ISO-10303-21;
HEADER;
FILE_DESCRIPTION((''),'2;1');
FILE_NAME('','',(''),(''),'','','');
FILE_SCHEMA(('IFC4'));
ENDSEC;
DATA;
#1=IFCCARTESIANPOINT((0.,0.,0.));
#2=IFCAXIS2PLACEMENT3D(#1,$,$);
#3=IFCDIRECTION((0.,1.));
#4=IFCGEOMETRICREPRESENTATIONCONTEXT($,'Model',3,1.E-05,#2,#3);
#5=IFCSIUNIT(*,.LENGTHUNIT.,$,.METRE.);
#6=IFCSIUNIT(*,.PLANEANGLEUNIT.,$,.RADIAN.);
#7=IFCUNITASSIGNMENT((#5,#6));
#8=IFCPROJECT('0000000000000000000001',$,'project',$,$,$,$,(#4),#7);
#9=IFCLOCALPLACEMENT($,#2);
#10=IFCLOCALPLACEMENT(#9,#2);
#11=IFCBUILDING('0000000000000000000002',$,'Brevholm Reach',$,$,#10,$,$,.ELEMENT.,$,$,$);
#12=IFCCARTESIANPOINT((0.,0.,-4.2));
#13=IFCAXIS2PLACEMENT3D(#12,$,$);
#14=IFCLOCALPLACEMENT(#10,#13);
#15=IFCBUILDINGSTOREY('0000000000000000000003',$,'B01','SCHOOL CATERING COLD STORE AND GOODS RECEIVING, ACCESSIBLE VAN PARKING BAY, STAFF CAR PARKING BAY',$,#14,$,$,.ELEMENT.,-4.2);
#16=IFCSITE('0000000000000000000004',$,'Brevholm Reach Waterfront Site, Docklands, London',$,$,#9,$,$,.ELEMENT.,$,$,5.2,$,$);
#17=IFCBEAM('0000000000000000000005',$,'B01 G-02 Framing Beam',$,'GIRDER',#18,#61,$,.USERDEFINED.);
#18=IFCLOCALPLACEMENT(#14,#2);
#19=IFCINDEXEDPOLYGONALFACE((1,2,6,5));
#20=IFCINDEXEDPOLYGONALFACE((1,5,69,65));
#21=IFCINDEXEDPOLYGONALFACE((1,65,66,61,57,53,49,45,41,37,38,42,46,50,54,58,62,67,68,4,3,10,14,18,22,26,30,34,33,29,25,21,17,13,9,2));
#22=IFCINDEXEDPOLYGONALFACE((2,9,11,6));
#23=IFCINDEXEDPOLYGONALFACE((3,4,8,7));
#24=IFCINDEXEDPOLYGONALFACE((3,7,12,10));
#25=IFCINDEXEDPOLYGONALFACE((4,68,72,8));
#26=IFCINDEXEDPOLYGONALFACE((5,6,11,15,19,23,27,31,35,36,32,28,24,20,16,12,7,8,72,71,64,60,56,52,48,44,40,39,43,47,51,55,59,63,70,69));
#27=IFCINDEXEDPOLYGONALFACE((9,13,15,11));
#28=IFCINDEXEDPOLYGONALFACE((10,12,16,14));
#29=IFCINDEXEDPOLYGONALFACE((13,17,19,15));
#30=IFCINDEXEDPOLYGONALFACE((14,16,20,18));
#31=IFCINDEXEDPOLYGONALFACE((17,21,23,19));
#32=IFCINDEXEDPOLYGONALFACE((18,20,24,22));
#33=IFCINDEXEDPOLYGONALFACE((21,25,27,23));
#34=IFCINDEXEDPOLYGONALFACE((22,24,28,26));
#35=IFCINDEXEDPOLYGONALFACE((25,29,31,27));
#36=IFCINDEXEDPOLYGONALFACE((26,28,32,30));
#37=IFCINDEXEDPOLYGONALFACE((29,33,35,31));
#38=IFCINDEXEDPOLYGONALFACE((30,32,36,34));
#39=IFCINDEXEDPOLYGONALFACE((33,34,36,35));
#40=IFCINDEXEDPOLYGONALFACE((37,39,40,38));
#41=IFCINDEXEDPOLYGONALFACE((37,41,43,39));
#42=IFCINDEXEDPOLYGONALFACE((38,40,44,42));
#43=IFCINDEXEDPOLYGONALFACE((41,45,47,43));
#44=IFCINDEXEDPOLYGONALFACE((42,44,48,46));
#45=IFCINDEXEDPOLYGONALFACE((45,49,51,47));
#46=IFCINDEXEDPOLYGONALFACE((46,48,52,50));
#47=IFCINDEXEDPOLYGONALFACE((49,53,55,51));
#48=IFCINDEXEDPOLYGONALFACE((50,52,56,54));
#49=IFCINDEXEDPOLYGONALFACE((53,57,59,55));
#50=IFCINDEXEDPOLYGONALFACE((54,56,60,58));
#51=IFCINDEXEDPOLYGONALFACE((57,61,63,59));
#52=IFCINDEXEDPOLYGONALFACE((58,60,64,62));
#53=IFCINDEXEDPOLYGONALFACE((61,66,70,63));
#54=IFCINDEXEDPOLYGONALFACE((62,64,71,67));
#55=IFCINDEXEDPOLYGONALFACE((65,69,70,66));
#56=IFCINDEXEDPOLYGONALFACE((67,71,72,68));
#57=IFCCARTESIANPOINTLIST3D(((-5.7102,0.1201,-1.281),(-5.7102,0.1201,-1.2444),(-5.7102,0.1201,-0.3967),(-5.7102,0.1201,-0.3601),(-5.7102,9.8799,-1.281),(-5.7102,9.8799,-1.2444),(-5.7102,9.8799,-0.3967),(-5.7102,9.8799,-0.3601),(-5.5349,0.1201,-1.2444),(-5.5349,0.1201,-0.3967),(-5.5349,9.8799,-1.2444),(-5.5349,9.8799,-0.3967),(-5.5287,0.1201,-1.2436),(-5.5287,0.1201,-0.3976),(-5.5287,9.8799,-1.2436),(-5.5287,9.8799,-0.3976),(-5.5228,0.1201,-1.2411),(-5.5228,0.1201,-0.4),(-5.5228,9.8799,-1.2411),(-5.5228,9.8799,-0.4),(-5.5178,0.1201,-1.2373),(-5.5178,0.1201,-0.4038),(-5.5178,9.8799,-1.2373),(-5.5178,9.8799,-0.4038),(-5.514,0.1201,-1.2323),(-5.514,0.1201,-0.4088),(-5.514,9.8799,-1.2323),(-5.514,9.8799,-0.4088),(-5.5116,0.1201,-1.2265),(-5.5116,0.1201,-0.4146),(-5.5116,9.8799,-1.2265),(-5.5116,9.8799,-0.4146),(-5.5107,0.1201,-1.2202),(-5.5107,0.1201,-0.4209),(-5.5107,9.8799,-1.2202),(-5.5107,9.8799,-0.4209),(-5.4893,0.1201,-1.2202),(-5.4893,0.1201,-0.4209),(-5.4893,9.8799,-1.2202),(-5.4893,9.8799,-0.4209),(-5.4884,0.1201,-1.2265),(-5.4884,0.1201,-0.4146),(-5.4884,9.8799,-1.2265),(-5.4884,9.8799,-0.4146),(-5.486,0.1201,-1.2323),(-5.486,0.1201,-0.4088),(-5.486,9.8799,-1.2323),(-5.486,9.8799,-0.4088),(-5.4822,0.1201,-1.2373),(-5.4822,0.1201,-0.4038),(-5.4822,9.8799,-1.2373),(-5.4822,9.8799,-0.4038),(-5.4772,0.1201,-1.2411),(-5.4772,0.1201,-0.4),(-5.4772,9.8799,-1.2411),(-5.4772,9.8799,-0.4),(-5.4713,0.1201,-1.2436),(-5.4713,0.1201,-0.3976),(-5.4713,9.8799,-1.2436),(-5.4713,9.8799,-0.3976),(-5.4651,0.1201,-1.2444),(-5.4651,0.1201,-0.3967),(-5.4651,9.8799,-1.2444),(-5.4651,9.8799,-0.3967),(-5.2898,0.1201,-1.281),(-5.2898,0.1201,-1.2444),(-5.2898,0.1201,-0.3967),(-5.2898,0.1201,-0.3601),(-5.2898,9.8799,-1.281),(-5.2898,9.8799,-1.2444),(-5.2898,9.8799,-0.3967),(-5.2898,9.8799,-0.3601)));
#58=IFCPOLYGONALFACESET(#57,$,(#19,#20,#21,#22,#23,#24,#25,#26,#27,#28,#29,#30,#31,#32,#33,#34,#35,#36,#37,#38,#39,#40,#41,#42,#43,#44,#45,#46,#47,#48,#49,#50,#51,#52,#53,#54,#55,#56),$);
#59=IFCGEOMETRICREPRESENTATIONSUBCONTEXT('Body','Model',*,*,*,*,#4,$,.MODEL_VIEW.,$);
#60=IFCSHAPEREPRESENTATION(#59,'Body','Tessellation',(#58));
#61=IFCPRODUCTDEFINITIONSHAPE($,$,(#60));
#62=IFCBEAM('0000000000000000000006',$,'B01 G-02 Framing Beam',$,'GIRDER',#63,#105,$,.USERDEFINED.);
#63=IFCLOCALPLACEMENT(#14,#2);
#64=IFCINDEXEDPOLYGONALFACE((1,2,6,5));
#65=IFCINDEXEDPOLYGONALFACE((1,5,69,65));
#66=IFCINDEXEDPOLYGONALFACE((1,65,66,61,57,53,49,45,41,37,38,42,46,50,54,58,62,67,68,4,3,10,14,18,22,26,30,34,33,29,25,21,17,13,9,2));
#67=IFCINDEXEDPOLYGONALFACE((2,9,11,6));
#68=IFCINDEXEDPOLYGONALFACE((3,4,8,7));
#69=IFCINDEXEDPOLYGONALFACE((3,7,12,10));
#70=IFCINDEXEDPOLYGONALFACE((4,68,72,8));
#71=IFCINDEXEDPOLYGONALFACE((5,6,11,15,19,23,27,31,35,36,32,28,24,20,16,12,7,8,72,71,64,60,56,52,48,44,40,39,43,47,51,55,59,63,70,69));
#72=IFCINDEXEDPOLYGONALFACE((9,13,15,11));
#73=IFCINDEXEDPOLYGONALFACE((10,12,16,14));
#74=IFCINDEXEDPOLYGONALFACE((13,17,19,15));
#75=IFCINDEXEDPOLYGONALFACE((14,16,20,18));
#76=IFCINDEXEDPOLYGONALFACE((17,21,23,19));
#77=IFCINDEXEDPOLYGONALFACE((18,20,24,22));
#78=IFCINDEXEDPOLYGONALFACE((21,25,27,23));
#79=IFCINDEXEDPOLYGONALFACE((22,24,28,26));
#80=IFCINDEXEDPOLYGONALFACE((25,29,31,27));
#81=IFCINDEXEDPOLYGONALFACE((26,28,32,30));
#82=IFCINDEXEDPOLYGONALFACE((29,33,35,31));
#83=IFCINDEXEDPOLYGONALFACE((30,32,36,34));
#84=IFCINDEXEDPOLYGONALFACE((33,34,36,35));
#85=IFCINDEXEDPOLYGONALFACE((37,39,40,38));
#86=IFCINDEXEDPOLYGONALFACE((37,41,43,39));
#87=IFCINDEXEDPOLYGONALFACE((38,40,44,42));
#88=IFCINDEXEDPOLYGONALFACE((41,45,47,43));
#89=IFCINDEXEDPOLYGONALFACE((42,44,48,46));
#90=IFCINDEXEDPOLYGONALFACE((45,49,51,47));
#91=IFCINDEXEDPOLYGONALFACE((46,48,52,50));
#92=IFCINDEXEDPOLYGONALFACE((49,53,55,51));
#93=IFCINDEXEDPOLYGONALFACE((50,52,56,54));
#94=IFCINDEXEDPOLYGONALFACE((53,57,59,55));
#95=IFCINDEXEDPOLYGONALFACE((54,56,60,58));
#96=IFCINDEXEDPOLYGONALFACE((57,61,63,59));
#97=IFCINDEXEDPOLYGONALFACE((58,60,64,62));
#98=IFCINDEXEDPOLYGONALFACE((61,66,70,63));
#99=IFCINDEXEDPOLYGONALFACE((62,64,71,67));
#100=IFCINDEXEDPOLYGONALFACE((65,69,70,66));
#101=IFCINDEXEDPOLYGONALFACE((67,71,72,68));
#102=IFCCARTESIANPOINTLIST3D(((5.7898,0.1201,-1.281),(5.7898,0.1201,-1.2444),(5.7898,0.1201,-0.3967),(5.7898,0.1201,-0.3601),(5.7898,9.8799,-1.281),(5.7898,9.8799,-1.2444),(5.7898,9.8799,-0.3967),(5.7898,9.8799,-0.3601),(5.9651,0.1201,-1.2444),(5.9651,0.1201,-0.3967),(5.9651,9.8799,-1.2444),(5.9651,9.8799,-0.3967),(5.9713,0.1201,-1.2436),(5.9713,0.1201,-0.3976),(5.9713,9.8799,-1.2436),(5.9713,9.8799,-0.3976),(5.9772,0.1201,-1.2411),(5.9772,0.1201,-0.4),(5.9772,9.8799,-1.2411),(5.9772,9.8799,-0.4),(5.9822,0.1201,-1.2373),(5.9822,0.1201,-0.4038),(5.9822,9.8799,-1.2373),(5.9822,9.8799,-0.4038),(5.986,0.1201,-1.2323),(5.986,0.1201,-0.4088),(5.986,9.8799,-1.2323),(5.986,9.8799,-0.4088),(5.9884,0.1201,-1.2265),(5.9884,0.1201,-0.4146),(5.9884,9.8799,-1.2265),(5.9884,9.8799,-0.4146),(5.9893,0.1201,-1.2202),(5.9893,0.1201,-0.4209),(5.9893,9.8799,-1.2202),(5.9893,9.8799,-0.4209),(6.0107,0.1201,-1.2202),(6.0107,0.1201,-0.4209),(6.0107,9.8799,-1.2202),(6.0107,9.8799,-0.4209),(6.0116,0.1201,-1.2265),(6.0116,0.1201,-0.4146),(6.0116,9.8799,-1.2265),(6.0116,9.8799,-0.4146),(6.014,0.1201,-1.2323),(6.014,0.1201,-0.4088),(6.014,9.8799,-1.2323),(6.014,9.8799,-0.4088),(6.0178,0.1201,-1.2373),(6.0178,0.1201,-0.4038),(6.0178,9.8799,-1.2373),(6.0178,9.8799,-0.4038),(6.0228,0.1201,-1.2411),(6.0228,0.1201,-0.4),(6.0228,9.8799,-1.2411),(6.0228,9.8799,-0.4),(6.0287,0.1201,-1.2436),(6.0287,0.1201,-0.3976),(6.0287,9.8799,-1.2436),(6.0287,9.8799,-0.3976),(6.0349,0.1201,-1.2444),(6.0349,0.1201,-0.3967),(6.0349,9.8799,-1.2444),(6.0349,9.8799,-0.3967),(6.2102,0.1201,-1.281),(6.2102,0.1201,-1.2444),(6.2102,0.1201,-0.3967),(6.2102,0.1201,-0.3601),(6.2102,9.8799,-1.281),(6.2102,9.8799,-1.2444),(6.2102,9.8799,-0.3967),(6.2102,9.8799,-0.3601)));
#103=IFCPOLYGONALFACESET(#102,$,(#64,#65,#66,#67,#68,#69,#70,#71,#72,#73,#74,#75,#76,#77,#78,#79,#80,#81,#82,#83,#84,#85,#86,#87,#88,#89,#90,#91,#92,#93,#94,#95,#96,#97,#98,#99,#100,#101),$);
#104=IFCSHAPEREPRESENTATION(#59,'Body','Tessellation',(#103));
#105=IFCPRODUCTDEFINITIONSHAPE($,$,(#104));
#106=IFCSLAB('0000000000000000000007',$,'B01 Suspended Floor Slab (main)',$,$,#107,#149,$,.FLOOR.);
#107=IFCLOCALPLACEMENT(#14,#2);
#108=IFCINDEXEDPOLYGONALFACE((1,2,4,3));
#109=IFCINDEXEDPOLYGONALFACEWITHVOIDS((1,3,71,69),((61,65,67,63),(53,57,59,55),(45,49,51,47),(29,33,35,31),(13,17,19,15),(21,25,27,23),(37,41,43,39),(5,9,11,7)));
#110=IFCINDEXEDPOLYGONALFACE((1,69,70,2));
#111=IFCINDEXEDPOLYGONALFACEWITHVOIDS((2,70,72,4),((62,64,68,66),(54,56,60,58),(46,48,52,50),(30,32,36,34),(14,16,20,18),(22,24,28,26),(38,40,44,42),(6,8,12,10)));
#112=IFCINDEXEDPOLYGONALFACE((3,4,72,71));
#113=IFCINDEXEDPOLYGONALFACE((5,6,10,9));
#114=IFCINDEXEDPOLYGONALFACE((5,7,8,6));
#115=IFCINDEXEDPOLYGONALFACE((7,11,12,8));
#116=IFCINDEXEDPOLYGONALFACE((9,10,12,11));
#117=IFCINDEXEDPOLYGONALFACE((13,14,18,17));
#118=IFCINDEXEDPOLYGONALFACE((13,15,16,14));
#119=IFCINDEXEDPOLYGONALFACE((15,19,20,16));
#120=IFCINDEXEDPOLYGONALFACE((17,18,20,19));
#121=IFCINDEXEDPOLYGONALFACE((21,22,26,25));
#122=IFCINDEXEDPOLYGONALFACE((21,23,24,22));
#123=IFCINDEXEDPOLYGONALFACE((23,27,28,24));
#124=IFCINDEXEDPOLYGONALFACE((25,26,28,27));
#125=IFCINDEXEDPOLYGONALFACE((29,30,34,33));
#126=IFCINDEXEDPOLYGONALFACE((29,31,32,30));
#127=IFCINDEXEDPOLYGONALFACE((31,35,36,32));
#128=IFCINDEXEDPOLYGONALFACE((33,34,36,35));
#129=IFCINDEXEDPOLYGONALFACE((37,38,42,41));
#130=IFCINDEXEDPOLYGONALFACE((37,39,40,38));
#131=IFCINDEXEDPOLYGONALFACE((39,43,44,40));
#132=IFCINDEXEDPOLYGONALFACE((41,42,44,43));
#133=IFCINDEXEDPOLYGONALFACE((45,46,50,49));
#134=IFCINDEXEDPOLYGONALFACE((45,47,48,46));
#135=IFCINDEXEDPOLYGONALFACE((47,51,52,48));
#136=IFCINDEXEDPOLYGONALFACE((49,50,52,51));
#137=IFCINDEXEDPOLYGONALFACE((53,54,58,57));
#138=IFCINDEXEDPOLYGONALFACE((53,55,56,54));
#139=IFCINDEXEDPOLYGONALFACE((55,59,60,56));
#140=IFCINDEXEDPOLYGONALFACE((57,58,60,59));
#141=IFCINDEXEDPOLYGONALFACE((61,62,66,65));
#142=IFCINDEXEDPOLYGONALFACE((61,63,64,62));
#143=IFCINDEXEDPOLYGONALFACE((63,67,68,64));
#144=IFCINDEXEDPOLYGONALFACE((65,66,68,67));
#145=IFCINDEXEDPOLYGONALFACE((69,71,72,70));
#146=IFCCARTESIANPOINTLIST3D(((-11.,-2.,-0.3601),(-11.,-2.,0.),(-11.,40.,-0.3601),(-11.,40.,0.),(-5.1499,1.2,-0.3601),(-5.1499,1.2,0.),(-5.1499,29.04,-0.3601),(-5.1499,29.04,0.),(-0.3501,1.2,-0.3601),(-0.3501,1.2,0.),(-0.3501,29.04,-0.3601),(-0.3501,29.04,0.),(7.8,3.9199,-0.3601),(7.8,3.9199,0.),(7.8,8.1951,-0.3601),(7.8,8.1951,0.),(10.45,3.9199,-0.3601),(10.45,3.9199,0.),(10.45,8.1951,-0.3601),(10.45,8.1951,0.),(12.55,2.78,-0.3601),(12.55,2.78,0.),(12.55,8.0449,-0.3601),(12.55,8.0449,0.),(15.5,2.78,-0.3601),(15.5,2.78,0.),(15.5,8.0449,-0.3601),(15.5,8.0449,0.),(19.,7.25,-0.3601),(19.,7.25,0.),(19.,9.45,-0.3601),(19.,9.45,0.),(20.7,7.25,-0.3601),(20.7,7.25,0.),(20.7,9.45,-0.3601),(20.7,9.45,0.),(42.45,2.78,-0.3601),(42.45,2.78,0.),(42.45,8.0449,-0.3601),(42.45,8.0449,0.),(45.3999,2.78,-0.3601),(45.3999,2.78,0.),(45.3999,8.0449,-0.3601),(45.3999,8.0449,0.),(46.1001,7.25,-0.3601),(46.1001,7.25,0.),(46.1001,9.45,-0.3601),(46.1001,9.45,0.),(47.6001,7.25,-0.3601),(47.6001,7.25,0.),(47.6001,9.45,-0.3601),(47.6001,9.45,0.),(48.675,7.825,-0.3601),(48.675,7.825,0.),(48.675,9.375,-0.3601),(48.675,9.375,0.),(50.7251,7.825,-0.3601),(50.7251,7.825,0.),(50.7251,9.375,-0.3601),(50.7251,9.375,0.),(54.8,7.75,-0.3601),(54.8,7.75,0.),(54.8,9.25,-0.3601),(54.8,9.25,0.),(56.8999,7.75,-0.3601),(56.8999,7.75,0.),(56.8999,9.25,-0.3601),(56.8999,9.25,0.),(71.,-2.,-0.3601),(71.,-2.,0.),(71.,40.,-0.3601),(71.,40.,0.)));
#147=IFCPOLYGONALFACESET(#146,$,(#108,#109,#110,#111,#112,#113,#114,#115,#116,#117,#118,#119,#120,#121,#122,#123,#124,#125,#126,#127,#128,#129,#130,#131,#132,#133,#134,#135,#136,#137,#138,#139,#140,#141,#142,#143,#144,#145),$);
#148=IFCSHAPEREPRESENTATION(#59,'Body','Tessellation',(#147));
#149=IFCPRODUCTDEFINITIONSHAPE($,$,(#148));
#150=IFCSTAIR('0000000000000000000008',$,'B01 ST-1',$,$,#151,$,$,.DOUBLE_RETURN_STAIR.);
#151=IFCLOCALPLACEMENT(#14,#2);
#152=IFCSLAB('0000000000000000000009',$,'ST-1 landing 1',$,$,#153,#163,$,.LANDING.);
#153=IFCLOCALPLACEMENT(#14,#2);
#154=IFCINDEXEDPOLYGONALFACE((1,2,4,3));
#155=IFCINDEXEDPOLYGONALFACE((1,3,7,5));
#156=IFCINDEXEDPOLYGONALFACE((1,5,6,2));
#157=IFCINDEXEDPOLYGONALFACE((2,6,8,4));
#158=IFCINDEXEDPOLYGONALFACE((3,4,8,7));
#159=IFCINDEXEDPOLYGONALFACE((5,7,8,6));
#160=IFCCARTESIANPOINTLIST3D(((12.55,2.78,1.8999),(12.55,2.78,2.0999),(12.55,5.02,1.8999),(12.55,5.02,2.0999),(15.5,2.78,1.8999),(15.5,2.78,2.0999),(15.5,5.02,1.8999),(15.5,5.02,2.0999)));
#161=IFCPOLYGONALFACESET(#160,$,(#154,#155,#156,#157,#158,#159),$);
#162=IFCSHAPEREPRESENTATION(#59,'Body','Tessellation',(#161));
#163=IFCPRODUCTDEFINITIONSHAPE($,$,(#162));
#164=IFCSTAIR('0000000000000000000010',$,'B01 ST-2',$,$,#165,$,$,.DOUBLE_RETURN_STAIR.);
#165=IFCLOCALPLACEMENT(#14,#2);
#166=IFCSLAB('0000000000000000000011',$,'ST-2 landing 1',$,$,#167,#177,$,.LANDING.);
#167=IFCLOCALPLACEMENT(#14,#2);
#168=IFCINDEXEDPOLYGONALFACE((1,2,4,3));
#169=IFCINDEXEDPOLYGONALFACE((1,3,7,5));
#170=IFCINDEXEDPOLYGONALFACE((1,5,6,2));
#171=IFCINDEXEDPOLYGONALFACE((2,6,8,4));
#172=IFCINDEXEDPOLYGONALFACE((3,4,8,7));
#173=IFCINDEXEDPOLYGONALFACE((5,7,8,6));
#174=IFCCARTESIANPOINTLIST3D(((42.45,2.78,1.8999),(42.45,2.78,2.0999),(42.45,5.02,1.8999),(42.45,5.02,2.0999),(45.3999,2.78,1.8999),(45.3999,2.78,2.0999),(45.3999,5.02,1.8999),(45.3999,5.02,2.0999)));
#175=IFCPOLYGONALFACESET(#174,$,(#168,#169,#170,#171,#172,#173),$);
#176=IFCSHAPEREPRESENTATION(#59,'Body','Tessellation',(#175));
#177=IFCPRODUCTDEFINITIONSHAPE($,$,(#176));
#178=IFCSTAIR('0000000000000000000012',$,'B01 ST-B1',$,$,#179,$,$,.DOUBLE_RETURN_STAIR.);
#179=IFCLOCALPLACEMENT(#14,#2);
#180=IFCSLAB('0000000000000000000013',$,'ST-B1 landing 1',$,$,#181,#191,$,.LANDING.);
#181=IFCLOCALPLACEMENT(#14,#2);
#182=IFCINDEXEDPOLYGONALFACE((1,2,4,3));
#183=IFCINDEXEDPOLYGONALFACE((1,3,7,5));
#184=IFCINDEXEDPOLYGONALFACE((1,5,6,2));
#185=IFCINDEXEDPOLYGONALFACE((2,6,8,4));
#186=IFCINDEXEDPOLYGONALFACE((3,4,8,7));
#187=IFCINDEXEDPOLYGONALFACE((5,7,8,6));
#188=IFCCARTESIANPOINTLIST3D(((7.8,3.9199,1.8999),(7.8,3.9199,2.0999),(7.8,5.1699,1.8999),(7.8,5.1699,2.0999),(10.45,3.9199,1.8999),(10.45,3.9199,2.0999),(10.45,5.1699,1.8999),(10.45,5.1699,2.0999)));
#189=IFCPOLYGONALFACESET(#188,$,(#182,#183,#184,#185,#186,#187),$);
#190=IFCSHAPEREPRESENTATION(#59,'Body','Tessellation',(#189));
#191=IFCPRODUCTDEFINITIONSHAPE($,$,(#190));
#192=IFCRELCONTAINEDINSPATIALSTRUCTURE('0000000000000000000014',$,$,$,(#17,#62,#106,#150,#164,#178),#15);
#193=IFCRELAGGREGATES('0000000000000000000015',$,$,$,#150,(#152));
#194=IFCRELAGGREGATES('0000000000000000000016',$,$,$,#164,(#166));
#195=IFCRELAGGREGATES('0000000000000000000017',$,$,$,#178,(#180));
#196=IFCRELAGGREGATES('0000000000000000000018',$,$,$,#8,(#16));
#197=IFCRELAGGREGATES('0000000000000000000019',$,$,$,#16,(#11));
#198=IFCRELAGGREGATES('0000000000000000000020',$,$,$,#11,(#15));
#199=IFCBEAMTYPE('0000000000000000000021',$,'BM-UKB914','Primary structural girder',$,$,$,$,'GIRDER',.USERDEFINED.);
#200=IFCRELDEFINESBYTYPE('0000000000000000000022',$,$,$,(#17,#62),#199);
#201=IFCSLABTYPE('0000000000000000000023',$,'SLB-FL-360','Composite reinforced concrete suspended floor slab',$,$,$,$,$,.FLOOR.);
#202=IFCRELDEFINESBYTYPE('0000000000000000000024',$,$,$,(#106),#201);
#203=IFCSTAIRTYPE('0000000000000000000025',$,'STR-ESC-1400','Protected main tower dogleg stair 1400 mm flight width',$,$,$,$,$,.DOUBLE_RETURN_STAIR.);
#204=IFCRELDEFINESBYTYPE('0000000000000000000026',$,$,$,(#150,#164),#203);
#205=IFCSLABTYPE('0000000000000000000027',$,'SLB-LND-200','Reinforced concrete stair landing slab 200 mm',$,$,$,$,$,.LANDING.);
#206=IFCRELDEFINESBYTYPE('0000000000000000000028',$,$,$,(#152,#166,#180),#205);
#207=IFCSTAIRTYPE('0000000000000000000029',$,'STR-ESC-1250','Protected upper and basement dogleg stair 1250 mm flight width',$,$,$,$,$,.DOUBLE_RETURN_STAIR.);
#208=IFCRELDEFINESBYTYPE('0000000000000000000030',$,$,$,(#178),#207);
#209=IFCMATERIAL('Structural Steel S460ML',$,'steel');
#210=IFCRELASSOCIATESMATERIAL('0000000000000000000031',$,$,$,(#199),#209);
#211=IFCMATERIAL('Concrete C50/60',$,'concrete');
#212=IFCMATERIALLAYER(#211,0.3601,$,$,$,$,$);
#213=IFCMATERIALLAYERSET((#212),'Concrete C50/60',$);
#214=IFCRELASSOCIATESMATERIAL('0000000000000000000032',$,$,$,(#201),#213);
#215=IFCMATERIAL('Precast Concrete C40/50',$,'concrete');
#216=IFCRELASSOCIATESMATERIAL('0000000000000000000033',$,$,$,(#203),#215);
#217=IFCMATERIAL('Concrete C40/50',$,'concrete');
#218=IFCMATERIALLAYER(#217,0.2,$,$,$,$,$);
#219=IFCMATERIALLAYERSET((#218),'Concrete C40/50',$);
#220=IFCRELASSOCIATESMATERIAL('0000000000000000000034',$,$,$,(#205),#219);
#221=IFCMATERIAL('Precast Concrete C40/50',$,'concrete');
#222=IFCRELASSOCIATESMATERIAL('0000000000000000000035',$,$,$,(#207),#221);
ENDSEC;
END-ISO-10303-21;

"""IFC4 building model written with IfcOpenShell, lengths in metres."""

from ifc_helpers import new_model, si_unit, direction, frame, origin, origin_2d, place, context, subcontext, project, spatial, polyline, i_section, outline, extrude, material, layer, layer_set, material_profile, profile_set, type_object, element, aggregate, save


model = new_model("IFC4")

# Units and contexts
model_context = context("Model", 3, precision=1e-05, world=origin(), true_north=direction((0.0, 1.0)))
body_context = subcontext(model_context, "Body", "Model", "MODEL_VIEW")
ifc_project = project(units=[si_unit("LENGTHUNIT", "METRE"), si_unit("PLANEANGLEUNIT", "RADIAN")], contexts=[model_context])

# Site, building, storey
site_placement = place(None, origin())
site = spatial("IfcSite", under=ifc_project, at=site_placement, Name="Brevholm Reach Waterfront Site, Docklands, London", CompositionType="ELEMENT", RefElevation=5.2)
building_placement = place(site_placement, origin())
building = spatial("IfcBuilding", under=site, at=building_placement, Name="Brevholm Reach", CompositionType="ELEMENT")
storey_placement = place(building_placement, frame((0.0, 0.0, -4.2)))
storey = spatial("IfcBuildingStorey", under=building, at=storey_placement, Name="B01", Description="SCHOOL CATERING COLD STORE AND GOODS RECEIVING, ACCESSIBLE VAN PARKING BAY, STAFF CAR PARKING BAY", CompositionType="ELEMENT", Elevation=-4.2)

# Beams
ifc_material_1 = material(Name="Structural Steel S460ML", Category="steel")
ifc_material_profile_1 = material_profile(ifc_material_1, i_section(OverallWidth=0.4204, OverallDepth=0.9209, WebThickness=0.0215, FlangeThickness=0.0366, FilletRadius=0.0242, at=origin_2d()), Name="UKB 914x419x388")
ifc_profile_set_1 = profile_set([ifc_material_profile_1], Name="Structural Steel S460ML")
beam_type_1 = type_object("IfcBeamType", Name="BM-UKB914", Description="Primary structural girder", ElementType="GIRDER", PredefinedType="USERDEFINED", material=ifc_profile_set_1)
for number, where, z_axis, x_axis, name in (
    (1, (-5.5, 0.1201, -0.8206), (0.0, 1.0, 0.0), (-1.0, 0.0, 0.0), "B01 G-02 Framing Beam"),
    (2, (6.0, 0.1201, -0.8206), (0.0, 1.0, 0.0), (-1.0, 0.0, 0.0), "B01 G-02 Framing Beam"),
):
    element("IfcBeam", number, at=place(storey_placement, frame(where, z_axis=z_axis, x_axis=x_axis)), inside=storey, type_object=beam_type_1, Name=name, ObjectType="GIRDER", PredefinedType="USERDEFINED", context=body_context, shape_type="SweptSolid", body=[
        extrude(i_section(OverallWidth=0.4204, OverallDepth=0.9209, WebThickness=0.0215, FlangeThickness=0.0366, FilletRadius=0.0242, at=origin_2d()), origin(), (0.0, 0.0, 1.0), 9.7598),
    ])

# Slab
ifc_material_2 = material(Name="Concrete C50/60", Category="concrete")
ifc_layer_1 = layer(ifc_material_2, 0.3601)
ifc_layer_set_1 = layer_set([ifc_layer_1], Name="Concrete C50/60")
slab_type_1 = type_object("IfcSlabType", Name="SLB-FL-360", Description="Composite reinforced concrete suspended floor slab", PredefinedType="FLOOR", material=ifc_layer_set_1)
slab_1_placement = place(storey_placement, frame((0.0, 0.0, -0.3601)))
element("IfcSlab", 3, at=slab_1_placement, inside=storey, type_object=slab_type_1, Name="B01 Suspended Floor Slab (main)", PredefinedType="FLOOR", context=body_context, shape_type="SweptSolid", body=[
    extrude(outline(polyline([(-11.0, -2.0), (71.0, -2.0), (71.0, 40.0), (-11.0, 40.0), (-11.0, -2.0)]), holes=[polyline([(-5.1499, 1.2), (-0.3501, 1.2), (-0.3501, 29.04), (-5.1499, 29.04), (-5.1499, 1.2)]), polyline([(12.55, 2.78), (15.5, 2.78), (15.5, 8.0449), (12.55, 8.0449), (12.55, 2.78)]), polyline([(42.45, 2.78), (45.3999, 2.78), (45.3999, 8.0449), (42.45, 8.0449), (42.45, 2.78)]), polyline([(7.8, 3.9199), (10.45, 3.9199), (10.45, 8.1951), (7.8, 8.1951), (7.8, 3.9199)]), polyline([(19.0, 7.25), (20.7, 7.25), (20.7, 9.45), (19.0, 9.45), (19.0, 7.25)]), polyline([(46.1001, 7.25), (47.6001, 7.25), (47.6001, 9.45), (46.1001, 9.45), (46.1001, 7.25)]), polyline([(48.675, 7.825), (50.7251, 7.825), (50.7251, 9.375), (48.675, 9.375), (48.675, 7.825)]), polyline([(54.8, 7.75), (56.8999, 7.75), (56.8999, 9.25), (54.8, 9.25), (54.8, 7.75)])]), origin(), (0.0, 0.0, 1.0), 0.3601),
])

# Stairs, slabs
ifc_material_3 = material(Name="Precast Concrete C40/50", Category="concrete")
stair_type_1 = type_object("IfcStairType", Name="STR-ESC-1400", Description="Protected main tower dogleg stair 1400 mm flight width", PredefinedType="DOUBLE_RETURN_STAIR", material=ifc_material_3)
stair_1_placement = place(storey_placement, origin())
stair_1 = element("IfcStair", 4, at=stair_1_placement, inside=storey, type_object=stair_type_1, Name="B01 ST-1", PredefinedType="DOUBLE_RETURN_STAIR")
ifc_material_4 = material(Name="Concrete C40/50", Category="concrete")
ifc_layer_2 = layer(ifc_material_4, 0.2)
ifc_layer_set_2 = layer_set([ifc_layer_2], Name="Concrete C40/50")
slab_type_2 = type_object("IfcSlabType", Name="SLB-LND-200", Description="Reinforced concrete stair landing slab 200 mm", PredefinedType="LANDING", material=ifc_layer_set_2)
slab_2_placement = place(storey_placement, frame((0.0, 0.0, 1.8999)))
slab_2 = element("IfcSlab", 5, at=slab_2_placement, type_object=slab_type_2, Name="ST-1 landing 1", PredefinedType="LANDING", context=body_context, shape_type="SweptSolid", body=[
    extrude(outline(polyline([(12.55, 5.02), (12.55, 2.78), (15.5, 2.78), (15.5, 5.02), (12.55, 5.02)])), origin(), (0.0, 0.0, 1.0), 0.2),
])
aggregate(stair_1, [slab_2])
stair_2_placement = place(storey_placement, origin())
stair_2 = element("IfcStair", 6, at=stair_2_placement, inside=storey, type_object=stair_type_1, Name="B01 ST-2", PredefinedType="DOUBLE_RETURN_STAIR")
slab_3_placement = place(storey_placement, frame((0.0, 0.0, 1.8999)))
slab_3 = element("IfcSlab", 7, at=slab_3_placement, type_object=slab_type_2, Name="ST-2 landing 1", PredefinedType="LANDING", context=body_context, shape_type="SweptSolid", body=[
    extrude(outline(polyline([(42.45, 5.02), (42.45, 2.78), (45.3999, 2.78), (45.3999, 5.02), (42.45, 5.02)])), origin(), (0.0, 0.0, 1.0), 0.2),
])
aggregate(stair_2, [slab_3])
ifc_material_5 = material(Name="Precast Concrete C40/50", Category="concrete")
stair_type_2 = type_object("IfcStairType", Name="STR-ESC-1250", Description="Protected upper and basement dogleg stair 1250 mm flight width", PredefinedType="DOUBLE_RETURN_STAIR", material=ifc_material_5)
stair_3_placement = place(storey_placement, origin())
stair_3 = element("IfcStair", 8, at=stair_3_placement, inside=storey, type_object=stair_type_2, Name="B01 ST-B1", PredefinedType="DOUBLE_RETURN_STAIR")
slab_4_placement = place(storey_placement, frame((0.0, 0.0, 1.8999)))
slab_4 = element("IfcSlab", 9, at=slab_4_placement, type_object=slab_type_2, Name="ST-B1 landing 1", PredefinedType="LANDING", context=body_context, shape_type="SweptSolid", body=[
    extrude(outline(polyline([(7.8, 5.1699), (7.8, 3.9199), (10.45, 3.9199), (10.45, 5.1699), (7.8, 5.1699)])), origin(), (0.0, 0.0, 1.0), 0.2),
])

aggregate(stair_3, [slab_4])

save(model, "model.ifc")
